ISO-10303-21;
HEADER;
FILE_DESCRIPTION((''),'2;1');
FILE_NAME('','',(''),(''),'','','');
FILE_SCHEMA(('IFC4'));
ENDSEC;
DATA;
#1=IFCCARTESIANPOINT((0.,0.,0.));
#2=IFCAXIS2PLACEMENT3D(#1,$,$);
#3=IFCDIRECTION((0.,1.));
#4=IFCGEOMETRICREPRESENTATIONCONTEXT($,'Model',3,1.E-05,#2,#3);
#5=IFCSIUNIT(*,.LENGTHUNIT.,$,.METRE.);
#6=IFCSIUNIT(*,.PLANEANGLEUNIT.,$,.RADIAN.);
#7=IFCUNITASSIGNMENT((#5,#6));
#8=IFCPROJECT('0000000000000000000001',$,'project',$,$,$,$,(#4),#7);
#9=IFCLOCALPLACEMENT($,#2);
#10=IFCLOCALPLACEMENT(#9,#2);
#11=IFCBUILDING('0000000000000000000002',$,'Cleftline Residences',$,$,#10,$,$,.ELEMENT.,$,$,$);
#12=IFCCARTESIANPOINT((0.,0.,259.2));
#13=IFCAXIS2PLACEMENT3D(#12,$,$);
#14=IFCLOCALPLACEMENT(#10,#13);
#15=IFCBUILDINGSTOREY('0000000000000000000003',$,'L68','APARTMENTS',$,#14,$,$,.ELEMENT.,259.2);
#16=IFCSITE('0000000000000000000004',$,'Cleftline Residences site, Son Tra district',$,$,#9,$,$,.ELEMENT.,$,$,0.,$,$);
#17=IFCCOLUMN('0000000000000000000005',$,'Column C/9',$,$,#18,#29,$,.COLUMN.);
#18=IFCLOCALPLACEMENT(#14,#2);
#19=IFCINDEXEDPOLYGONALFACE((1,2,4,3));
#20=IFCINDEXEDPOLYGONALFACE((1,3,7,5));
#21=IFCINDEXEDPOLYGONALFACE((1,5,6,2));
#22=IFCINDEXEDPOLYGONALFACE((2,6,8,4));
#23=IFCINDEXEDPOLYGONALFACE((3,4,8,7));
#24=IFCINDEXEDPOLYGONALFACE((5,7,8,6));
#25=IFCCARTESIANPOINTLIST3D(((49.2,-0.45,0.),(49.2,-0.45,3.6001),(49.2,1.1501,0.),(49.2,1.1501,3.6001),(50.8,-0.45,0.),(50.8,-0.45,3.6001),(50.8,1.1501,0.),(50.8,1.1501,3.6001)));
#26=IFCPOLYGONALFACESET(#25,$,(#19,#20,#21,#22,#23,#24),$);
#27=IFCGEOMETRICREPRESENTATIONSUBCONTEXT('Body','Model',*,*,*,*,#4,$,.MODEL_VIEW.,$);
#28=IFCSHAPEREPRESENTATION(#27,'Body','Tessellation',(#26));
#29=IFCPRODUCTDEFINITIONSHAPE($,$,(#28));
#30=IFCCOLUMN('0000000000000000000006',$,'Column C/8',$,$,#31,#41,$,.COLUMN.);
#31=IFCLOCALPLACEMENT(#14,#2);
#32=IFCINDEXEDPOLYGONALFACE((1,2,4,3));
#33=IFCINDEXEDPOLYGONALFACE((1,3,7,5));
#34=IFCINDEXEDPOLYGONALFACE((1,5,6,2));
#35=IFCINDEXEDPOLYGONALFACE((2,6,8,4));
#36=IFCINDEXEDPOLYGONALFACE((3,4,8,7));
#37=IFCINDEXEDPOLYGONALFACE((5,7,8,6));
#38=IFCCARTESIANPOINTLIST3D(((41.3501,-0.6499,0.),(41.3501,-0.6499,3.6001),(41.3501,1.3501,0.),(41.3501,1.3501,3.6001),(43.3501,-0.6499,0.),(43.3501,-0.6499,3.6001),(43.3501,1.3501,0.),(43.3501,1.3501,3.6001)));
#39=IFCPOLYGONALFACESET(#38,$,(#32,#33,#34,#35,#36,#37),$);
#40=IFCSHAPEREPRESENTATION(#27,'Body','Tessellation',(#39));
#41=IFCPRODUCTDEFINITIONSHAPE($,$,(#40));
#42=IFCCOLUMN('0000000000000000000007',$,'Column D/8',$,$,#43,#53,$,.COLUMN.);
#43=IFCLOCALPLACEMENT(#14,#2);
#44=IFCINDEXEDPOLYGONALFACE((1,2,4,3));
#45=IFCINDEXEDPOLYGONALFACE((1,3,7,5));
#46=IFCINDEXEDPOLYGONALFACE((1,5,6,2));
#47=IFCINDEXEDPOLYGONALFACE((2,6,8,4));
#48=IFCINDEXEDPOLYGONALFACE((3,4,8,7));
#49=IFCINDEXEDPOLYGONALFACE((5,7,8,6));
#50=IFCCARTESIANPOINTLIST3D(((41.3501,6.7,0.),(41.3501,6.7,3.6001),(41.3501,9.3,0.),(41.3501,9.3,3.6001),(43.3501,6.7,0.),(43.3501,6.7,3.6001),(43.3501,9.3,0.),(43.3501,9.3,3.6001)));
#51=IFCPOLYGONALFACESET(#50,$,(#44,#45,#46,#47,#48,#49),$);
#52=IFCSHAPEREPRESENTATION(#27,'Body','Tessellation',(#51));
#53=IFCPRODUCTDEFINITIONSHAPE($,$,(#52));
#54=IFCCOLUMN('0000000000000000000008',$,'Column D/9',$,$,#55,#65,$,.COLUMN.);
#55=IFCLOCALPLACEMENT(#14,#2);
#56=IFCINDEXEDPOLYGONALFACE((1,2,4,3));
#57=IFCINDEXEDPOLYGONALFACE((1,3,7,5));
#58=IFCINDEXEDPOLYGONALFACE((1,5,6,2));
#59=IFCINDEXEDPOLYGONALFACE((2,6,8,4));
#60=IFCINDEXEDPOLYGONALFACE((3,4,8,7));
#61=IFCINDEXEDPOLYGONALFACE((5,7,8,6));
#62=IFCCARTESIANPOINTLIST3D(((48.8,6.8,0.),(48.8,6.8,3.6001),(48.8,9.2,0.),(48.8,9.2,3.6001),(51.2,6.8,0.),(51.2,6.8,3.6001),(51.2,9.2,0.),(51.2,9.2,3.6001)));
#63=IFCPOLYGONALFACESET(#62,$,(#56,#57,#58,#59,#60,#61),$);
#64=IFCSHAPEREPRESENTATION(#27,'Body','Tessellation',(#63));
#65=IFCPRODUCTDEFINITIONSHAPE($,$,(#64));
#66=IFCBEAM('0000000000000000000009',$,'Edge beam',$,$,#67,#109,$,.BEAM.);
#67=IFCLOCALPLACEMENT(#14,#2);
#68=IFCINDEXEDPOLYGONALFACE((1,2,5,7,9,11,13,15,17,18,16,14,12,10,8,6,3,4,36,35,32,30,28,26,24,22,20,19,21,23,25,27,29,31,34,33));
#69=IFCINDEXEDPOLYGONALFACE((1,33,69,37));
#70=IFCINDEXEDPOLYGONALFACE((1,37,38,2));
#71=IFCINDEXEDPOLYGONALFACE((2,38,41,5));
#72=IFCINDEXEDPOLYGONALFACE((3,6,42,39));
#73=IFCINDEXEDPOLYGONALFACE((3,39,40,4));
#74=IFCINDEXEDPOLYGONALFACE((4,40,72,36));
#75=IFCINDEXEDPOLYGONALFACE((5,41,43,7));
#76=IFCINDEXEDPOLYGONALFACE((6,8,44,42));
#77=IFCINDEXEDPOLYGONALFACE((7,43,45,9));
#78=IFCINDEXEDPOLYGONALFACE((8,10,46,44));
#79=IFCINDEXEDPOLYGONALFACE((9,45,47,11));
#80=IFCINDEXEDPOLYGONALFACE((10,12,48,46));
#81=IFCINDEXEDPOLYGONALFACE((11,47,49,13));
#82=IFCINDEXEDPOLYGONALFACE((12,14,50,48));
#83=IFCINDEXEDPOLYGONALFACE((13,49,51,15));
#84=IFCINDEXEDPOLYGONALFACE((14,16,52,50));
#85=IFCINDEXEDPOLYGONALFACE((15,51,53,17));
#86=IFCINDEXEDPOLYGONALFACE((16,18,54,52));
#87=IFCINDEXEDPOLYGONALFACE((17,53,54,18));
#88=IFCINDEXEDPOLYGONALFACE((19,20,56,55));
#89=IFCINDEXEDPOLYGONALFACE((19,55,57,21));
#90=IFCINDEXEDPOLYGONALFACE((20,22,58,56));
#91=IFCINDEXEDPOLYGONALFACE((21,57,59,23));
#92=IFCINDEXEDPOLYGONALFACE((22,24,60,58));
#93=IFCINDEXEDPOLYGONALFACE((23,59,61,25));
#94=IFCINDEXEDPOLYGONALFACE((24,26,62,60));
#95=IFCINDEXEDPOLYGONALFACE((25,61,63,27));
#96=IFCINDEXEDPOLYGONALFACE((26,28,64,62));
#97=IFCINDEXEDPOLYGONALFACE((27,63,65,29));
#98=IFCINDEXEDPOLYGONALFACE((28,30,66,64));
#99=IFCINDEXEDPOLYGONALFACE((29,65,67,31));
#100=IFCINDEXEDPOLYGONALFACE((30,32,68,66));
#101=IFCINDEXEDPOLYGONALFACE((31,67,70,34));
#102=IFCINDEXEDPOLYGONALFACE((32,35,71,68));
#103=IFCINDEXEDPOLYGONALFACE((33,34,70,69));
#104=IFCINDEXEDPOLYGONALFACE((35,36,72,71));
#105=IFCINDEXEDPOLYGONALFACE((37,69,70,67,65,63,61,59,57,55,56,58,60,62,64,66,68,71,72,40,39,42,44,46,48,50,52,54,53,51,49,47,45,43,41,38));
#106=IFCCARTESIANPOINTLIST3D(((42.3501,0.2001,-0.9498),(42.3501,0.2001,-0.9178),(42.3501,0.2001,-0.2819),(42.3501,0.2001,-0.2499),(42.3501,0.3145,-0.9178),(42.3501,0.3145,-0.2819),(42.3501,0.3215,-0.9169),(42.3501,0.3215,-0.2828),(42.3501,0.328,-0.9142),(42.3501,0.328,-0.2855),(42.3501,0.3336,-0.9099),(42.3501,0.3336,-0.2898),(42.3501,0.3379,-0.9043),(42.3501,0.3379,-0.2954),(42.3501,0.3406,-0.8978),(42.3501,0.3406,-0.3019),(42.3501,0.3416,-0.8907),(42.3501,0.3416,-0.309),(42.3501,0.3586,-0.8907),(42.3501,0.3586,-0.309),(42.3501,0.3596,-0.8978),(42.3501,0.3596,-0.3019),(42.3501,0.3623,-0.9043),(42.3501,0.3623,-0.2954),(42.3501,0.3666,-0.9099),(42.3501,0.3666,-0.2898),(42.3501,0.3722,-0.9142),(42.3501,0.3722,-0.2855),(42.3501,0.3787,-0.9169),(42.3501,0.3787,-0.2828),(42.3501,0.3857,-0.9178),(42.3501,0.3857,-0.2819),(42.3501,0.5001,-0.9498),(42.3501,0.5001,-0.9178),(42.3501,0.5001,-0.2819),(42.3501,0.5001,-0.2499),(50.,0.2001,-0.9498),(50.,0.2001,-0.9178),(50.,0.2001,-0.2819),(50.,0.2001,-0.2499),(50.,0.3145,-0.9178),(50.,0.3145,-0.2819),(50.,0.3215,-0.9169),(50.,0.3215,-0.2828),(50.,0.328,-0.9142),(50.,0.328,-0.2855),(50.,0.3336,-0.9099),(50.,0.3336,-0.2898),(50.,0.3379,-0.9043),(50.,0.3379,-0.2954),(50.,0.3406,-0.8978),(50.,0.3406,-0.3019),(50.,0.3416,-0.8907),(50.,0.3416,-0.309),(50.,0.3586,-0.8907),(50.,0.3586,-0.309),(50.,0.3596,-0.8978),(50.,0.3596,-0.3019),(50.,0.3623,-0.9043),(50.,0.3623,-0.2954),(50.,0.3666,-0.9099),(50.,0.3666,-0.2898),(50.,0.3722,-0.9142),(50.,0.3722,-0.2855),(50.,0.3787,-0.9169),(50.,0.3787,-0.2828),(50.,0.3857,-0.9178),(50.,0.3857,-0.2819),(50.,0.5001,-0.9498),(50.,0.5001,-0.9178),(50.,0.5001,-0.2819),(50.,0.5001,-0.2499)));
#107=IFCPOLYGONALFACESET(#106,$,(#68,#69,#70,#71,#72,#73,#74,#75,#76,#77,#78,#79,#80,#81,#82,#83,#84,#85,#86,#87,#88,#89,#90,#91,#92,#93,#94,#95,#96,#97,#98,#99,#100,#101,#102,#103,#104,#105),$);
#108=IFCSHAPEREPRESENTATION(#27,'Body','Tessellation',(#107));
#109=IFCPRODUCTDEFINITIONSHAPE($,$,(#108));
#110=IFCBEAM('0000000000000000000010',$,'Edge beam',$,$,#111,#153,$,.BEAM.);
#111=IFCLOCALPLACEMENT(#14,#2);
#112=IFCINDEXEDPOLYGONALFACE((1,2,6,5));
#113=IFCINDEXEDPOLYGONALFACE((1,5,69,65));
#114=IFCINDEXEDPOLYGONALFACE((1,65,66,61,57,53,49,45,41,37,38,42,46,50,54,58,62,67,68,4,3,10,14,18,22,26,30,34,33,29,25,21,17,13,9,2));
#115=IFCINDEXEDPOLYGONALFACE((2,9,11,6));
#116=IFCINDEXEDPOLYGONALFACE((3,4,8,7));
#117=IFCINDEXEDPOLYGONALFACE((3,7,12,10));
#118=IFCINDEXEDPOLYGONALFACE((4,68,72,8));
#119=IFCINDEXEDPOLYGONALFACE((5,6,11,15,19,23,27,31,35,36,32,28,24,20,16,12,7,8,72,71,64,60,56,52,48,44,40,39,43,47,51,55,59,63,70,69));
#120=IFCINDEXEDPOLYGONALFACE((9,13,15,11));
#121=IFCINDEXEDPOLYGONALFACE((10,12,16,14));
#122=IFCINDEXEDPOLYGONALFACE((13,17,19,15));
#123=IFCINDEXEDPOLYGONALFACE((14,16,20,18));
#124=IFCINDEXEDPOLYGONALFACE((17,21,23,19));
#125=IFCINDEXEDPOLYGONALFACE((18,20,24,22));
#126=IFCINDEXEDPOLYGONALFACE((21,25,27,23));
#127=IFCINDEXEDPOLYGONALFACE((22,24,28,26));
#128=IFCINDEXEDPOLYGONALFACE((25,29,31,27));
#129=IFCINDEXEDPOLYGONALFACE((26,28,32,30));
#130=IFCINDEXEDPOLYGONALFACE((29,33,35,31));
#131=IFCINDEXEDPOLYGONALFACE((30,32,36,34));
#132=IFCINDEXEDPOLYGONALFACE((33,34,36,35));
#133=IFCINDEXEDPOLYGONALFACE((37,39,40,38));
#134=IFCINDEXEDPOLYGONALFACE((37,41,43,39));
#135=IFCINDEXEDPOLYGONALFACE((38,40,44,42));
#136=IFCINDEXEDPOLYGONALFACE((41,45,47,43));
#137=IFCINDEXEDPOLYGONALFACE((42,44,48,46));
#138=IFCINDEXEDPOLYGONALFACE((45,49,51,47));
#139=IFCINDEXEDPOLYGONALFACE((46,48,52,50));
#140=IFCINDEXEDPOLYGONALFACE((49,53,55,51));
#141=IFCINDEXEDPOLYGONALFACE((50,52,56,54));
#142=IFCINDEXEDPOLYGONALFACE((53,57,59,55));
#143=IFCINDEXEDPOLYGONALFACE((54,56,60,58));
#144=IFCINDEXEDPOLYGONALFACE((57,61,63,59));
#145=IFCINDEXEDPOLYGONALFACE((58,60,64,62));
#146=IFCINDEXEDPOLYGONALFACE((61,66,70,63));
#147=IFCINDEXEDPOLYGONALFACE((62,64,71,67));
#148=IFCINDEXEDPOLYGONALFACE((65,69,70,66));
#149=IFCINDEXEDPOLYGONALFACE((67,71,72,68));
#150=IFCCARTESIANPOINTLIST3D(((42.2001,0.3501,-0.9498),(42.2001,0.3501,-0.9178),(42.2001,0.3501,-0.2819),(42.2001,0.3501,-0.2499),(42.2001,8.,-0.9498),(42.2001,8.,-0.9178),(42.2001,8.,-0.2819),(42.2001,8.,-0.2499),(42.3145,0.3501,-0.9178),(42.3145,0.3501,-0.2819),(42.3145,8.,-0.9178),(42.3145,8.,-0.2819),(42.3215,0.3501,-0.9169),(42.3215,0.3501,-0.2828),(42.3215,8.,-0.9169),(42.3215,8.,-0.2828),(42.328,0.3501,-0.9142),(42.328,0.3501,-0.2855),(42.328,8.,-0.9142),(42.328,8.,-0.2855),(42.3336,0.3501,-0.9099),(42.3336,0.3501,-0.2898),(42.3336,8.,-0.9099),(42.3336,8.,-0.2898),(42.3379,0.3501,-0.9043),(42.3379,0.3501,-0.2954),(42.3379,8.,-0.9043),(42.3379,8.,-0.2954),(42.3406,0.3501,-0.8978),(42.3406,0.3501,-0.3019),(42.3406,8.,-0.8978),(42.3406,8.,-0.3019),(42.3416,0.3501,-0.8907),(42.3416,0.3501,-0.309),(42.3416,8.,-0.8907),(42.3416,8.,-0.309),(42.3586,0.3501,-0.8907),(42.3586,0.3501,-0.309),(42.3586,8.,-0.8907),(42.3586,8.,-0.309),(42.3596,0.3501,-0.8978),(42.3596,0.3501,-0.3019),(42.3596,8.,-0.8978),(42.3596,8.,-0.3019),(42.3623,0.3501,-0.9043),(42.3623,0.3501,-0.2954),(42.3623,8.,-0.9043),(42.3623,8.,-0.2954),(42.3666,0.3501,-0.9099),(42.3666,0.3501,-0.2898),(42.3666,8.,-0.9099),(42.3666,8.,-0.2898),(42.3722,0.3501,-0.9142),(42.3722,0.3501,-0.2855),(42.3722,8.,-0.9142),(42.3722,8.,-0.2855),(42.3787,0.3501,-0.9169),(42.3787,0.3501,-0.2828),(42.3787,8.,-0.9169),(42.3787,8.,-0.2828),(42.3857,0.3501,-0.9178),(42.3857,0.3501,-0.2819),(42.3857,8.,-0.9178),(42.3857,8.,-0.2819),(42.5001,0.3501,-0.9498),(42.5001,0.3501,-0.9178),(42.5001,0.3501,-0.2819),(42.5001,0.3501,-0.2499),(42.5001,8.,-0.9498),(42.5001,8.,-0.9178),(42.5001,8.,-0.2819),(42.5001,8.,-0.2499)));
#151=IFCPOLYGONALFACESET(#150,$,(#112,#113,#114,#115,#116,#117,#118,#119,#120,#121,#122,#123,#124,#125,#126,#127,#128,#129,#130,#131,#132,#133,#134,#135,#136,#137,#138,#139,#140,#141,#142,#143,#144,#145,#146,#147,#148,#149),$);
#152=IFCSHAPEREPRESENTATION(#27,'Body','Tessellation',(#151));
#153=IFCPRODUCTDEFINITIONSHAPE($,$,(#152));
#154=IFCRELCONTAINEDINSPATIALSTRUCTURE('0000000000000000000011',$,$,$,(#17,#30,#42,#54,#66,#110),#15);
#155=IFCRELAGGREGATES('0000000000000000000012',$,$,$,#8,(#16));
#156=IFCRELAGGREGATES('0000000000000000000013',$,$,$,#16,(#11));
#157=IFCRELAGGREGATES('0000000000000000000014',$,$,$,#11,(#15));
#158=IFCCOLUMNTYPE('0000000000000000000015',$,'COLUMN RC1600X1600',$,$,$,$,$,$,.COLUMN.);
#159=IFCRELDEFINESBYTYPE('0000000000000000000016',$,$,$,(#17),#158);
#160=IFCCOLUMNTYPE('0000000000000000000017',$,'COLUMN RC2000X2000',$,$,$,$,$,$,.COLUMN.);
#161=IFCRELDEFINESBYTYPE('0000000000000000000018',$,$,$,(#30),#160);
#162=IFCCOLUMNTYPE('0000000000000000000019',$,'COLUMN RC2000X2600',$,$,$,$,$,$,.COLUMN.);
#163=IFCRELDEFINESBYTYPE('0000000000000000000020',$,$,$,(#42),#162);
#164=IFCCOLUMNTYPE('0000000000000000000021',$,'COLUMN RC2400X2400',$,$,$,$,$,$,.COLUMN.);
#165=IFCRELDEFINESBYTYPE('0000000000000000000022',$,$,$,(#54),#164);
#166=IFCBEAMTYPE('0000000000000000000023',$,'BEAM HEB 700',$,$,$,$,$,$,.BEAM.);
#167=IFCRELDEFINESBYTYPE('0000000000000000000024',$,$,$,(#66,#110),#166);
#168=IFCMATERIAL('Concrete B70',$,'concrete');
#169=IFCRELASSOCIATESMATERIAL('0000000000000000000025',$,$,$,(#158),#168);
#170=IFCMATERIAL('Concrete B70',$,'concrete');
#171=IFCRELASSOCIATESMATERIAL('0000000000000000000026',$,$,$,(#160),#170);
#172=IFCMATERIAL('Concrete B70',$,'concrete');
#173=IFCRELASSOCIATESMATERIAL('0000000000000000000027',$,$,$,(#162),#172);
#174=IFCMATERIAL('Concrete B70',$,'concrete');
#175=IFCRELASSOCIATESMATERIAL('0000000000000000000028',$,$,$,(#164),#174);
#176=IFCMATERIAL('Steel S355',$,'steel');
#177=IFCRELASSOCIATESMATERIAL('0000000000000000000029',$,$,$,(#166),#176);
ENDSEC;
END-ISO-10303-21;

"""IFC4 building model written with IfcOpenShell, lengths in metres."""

from ifc_helpers import new_model, si_unit, direction, frame, origin, origin_2d, place, context, subcontext, project, spatial, rectangle, i_section, extrude, material, material_profile, profile_set, type_object, element, save


model = new_model("IFC4")

# Units and contexts
model_context = context("Model", 3, precision=1e-05, world=origin(), true_north=direction((0.0, 1.0)))
body_context = subcontext(model_context, "Body", "Model", "MODEL_VIEW")
ifc_project = project(units=[si_unit("LENGTHUNIT", "METRE"), si_unit("PLANEANGLEUNIT", "RADIAN")], contexts=[model_context])

# Site, building, storey
site_placement = place(None, origin())
site = spatial("IfcSite", under=ifc_project, at=site_placement, Name="Cleftline Residences site, Son Tra district", CompositionType="ELEMENT", RefElevation=0.0)
building_placement = place(site_placement, origin())
building = spatial("IfcBuilding", under=site, at=building_placement, Name="Cleftline Residences", CompositionType="ELEMENT")
storey_placement = place(building_placement, frame((0.0, 0.0, 259.2)))
storey = spatial("IfcBuildingStorey", under=building, at=storey_placement, Name="L68", Description="APARTMENTS", CompositionType="ELEMENT", Elevation=259.2)

# Columns
ifc_material_1 = material(Name="Concrete B70", Category="concrete")
ifc_material_profile_1 = material_profile(ifc_material_1, rectangle(XDim=1.6001, YDim=1.6001, at=origin_2d()))
ifc_profile_set_1 = profile_set([ifc_material_profile_1], Name="Concrete B70")
column_type_1 = type_object("IfcColumnType", Name="COLUMN RC1600X1600", PredefinedType="COLUMN", material=ifc_profile_set_1)
column_1_placement = place(storey_placement, frame((50.0, 0.3501, 0.0), z_axis=(0.0, 0.0, 1.0), x_axis=(1.0, 0.0, 0.0)))
element("IfcColumn", 1, at=column_1_placement, inside=storey, type_object=column_type_1, Name="Column C/9", PredefinedType="COLUMN", context=body_context, shape_type="SweptSolid", body=[
    extrude(rectangle(XDim=1.6001, YDim=1.6001, at=origin_2d()), origin(), (0.0, 0.0, 1.0), 3.6001),
])
ifc_material_2 = material(Name="Concrete B70", Category="concrete")
ifc_material_profile_2 = material_profile(ifc_material_2, rectangle(XDim=2.0, YDim=2.0, at=origin_2d()))
ifc_profile_set_2 = profile_set([ifc_material_profile_2], Name="Concrete B70")
column_type_2 = type_object("IfcColumnType", Name="COLUMN RC2000X2000", PredefinedType="COLUMN", material=ifc_profile_set_2)
column_2_placement = place(storey_placement, frame((42.3501, 0.3501, 0.0), z_axis=(0.0, 0.0, 1.0), x_axis=(1.0, 0.0, 0.0)))
element("IfcColumn", 2, at=column_2_placement, inside=storey, type_object=column_type_2, Name="Column C/8", PredefinedType="COLUMN", context=body_context, shape_type="SweptSolid", body=[
    extrude(rectangle(XDim=2.0, YDim=2.0, at=origin_2d()), origin(), (0.0, 0.0, 1.0), 3.6001),
])
ifc_material_3 = material(Name="Concrete B70", Category="concrete")
ifc_material_profile_3 = material_profile(ifc_material_3, rectangle(XDim=2.0, YDim=2.6001, at=origin_2d()))
ifc_profile_set_3 = profile_set([ifc_material_profile_3], Name="Concrete B70")
column_type_3 = type_object("IfcColumnType", Name="COLUMN RC2000X2600", PredefinedType="COLUMN", material=ifc_profile_set_3)
column_3_placement = place(storey_placement, frame((42.3501, 8.0, 0.0), z_axis=(0.0, 0.0, 1.0), x_axis=(1.0, 0.0, 0.0)))
element("IfcColumn", 3, at=column_3_placement, inside=storey, type_object=column_type_3, Name="Column D/8", PredefinedType="COLUMN", context=body_context, shape_type="SweptSolid", body=[
    extrude(rectangle(XDim=2.0, YDim=2.6001, at=origin_2d()), origin(), (0.0, 0.0, 1.0), 3.6001),
])
ifc_material_4 = material(Name="Concrete B70", Category="concrete")
ifc_material_profile_4 = material_profile(ifc_material_4, rectangle(XDim=2.3999, YDim=2.3999, at=origin_2d()))
ifc_profile_set_4 = profile_set([ifc_material_profile_4], Name="Concrete B70")
column_type_4 = type_object("IfcColumnType", Name="COLUMN RC2400X2400", PredefinedType="COLUMN", material=ifc_profile_set_4)
column_4_placement = place(storey_placement, frame((50.0, 8.0, 0.0), z_axis=(0.0, 0.0, 1.0), x_axis=(1.0, 0.0, 0.0)))
element("IfcColumn", 4, at=column_4_placement, inside=storey, type_object=column_type_4, Name="Column D/9", PredefinedType="COLUMN", context=body_context, shape_type="SweptSolid", body=[
    extrude(rectangle(XDim=2.3999, YDim=2.3999, at=origin_2d()), origin(), (0.0, 0.0, 1.0), 3.6001),
])

# Beams
ifc_material_5 = material(Name="Steel S355", Category="steel")
ifc_material_profile_5 = material_profile(ifc_material_5, i_section(OverallWidth=0.3, OverallDepth=0.7, WebThickness=0.0171, FlangeThickness=0.032, FilletRadius=0.0271, at=origin_2d()))
ifc_profile_set_5 = profile_set([ifc_material_profile_5], Name="Steel S355")
beam_type = type_object("IfcBeamType", Name="BEAM HEB 700", PredefinedType="BEAM", material=ifc_profile_set_5)
for number, where, z_axis, x_axis, name in (
    (5, (50.0, 0.3501, -0.5999), (-1.0, 0.0, 0.0), (0.0, -1.0, 0.0), "Edge beam"),
    (6, (42.3501, 0.3501, -0.5999), (0.0, 1.0, 0.0), (-1.0, 0.0, 0.0), "Edge beam"),
):
    element("IfcBeam", number, at=place(storey_placement, frame(where, z_axis=z_axis, x_axis=x_axis)), inside=storey, type_object=beam_type, Name=name, PredefinedType="BEAM", context=body_context, shape_type="SweptSolid", body=[
        extrude(i_section(OverallWidth=0.3, OverallDepth=0.7, WebThickness=0.0171, FlangeThickness=0.032, FilletRadius=0.0271, at=origin_2d()), origin(), (0.0, 0.0, 1.0), 7.6499),
    ])

save(model, "model.ifc")
